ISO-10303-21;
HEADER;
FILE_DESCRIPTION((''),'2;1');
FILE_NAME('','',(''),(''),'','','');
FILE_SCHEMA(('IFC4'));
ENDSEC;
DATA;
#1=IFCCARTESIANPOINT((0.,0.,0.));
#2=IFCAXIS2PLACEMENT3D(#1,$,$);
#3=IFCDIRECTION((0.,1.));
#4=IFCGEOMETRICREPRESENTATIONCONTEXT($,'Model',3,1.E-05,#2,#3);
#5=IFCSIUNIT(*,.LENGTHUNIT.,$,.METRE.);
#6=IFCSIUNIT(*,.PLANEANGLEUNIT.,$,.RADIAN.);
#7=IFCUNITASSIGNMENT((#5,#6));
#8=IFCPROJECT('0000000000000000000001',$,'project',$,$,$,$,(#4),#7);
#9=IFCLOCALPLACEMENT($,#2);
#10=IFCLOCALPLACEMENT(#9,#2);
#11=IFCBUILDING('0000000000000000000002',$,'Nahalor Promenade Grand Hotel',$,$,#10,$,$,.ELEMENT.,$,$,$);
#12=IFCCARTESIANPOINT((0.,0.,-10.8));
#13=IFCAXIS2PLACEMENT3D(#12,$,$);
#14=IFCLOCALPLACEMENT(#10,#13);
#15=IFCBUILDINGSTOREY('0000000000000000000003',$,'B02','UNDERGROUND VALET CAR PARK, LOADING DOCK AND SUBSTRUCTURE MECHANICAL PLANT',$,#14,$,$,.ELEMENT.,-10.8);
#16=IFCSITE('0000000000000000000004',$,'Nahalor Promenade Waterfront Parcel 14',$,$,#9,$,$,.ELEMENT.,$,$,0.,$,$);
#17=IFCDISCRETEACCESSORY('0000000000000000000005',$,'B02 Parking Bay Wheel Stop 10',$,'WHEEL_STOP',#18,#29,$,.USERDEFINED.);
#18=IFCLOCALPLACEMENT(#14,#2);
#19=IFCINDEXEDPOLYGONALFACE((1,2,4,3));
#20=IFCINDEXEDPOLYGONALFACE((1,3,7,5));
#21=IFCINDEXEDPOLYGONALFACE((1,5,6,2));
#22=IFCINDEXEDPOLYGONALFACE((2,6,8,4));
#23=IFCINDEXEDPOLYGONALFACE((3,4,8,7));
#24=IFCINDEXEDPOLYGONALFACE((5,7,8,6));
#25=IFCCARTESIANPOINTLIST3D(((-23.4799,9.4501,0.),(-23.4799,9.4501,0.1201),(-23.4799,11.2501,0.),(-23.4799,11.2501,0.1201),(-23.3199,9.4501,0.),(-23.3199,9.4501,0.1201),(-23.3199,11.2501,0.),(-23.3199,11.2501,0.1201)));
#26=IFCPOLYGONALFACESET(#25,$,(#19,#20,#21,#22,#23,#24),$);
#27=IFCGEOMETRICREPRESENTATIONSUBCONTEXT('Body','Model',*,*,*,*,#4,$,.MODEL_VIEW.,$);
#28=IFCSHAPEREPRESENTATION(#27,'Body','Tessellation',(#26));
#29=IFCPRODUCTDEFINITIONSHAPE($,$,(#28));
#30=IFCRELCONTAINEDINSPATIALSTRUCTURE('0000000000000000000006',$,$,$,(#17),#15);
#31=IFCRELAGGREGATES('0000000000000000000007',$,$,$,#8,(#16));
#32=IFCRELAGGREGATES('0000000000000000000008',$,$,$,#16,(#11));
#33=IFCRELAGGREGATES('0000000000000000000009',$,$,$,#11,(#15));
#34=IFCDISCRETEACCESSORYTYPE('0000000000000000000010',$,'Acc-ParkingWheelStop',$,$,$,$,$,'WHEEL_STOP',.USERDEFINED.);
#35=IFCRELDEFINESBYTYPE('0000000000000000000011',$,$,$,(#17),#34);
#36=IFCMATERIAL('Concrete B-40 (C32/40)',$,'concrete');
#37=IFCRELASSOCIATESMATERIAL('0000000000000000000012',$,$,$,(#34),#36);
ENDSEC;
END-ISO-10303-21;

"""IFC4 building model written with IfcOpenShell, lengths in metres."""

from ifc_helpers import new_model, si_unit, direction, frame, origin, origin_2d, place, context, subcontext, project, spatial, rectangle, extrude, source, transform, mapped, material, type_object, element, save


model = new_model("IFC4")

# Units and contexts
model_context = context("Model", 3, precision=1e-05, world=origin(), true_north=direction((0.0, 1.0)))
body_context = subcontext(model_context, "Body", "Model", "MODEL_VIEW")
ifc_project = project(units=[si_unit("LENGTHUNIT", "METRE"), si_unit("PLANEANGLEUNIT", "RADIAN")], contexts=[model_context])

# Site, building, storey
site_placement = place(None, origin())
site = spatial("IfcSite", under=ifc_project, at=site_placement, Name="Nahalor Promenade Waterfront Parcel 14", CompositionType="ELEMENT", RefElevation=0.0)
building_placement = place(site_placement, origin())
building = spatial("IfcBuilding", under=site, at=building_placement, Name="Nahalor Promenade Grand Hotel", CompositionType="ELEMENT")
storey_placement = place(building_placement, frame((0.0, 0.0, -10.8)))
storey = spatial("IfcBuildingStorey", under=building, at=storey_placement, Name="B02", Description="UNDERGROUND VALET CAR PARK, LOADING DOCK AND SUBSTRUCTURE MECHANICAL PLANT", CompositionType="ELEMENT", Elevation=-10.8)

# Discrete accessory
ifc_material_1 = material(Name="Concrete B-40 (C32/40)", Category="concrete")
discrete_accessory_type = type_object("IfcDiscreteAccessoryType", Name="Acc-ParkingWheelStop", ElementType="WHEEL_STOP", PredefinedType="USERDEFINED", material=ifc_material_1)
shared_shape_1 = source(origin(), body_context, "Body", "SweptSolid", [
    extrude(rectangle(XDim=1.8, YDim=0.1599, at=origin_2d()), origin(), (0.0, 0.0, 1.0), 0.1201),
])
for number, where, z_axis, x_axis, name in (
    (1, (-23.3999, 10.3501, 0.0), (0.0, 0.0, 1.0), (0.0, 1.0, 0.0), "B02 Parking Bay Wheel Stop 10"),
):
    element("IfcDiscreteAccessory", number, at=place(storey_placement, frame(where, z_axis=z_axis, x_axis=x_axis)), inside=storey, type_object=discrete_accessory_type, Name=name, ObjectType="WHEEL_STOP", PredefinedType="USERDEFINED", context=body_context, shape_type="MappedRepresentation", body=[
        mapped(shared_shape_1, transform((0.0, 0.0, 0.0), scale=1.0)),
    ])

save(model, "model.ifc")
